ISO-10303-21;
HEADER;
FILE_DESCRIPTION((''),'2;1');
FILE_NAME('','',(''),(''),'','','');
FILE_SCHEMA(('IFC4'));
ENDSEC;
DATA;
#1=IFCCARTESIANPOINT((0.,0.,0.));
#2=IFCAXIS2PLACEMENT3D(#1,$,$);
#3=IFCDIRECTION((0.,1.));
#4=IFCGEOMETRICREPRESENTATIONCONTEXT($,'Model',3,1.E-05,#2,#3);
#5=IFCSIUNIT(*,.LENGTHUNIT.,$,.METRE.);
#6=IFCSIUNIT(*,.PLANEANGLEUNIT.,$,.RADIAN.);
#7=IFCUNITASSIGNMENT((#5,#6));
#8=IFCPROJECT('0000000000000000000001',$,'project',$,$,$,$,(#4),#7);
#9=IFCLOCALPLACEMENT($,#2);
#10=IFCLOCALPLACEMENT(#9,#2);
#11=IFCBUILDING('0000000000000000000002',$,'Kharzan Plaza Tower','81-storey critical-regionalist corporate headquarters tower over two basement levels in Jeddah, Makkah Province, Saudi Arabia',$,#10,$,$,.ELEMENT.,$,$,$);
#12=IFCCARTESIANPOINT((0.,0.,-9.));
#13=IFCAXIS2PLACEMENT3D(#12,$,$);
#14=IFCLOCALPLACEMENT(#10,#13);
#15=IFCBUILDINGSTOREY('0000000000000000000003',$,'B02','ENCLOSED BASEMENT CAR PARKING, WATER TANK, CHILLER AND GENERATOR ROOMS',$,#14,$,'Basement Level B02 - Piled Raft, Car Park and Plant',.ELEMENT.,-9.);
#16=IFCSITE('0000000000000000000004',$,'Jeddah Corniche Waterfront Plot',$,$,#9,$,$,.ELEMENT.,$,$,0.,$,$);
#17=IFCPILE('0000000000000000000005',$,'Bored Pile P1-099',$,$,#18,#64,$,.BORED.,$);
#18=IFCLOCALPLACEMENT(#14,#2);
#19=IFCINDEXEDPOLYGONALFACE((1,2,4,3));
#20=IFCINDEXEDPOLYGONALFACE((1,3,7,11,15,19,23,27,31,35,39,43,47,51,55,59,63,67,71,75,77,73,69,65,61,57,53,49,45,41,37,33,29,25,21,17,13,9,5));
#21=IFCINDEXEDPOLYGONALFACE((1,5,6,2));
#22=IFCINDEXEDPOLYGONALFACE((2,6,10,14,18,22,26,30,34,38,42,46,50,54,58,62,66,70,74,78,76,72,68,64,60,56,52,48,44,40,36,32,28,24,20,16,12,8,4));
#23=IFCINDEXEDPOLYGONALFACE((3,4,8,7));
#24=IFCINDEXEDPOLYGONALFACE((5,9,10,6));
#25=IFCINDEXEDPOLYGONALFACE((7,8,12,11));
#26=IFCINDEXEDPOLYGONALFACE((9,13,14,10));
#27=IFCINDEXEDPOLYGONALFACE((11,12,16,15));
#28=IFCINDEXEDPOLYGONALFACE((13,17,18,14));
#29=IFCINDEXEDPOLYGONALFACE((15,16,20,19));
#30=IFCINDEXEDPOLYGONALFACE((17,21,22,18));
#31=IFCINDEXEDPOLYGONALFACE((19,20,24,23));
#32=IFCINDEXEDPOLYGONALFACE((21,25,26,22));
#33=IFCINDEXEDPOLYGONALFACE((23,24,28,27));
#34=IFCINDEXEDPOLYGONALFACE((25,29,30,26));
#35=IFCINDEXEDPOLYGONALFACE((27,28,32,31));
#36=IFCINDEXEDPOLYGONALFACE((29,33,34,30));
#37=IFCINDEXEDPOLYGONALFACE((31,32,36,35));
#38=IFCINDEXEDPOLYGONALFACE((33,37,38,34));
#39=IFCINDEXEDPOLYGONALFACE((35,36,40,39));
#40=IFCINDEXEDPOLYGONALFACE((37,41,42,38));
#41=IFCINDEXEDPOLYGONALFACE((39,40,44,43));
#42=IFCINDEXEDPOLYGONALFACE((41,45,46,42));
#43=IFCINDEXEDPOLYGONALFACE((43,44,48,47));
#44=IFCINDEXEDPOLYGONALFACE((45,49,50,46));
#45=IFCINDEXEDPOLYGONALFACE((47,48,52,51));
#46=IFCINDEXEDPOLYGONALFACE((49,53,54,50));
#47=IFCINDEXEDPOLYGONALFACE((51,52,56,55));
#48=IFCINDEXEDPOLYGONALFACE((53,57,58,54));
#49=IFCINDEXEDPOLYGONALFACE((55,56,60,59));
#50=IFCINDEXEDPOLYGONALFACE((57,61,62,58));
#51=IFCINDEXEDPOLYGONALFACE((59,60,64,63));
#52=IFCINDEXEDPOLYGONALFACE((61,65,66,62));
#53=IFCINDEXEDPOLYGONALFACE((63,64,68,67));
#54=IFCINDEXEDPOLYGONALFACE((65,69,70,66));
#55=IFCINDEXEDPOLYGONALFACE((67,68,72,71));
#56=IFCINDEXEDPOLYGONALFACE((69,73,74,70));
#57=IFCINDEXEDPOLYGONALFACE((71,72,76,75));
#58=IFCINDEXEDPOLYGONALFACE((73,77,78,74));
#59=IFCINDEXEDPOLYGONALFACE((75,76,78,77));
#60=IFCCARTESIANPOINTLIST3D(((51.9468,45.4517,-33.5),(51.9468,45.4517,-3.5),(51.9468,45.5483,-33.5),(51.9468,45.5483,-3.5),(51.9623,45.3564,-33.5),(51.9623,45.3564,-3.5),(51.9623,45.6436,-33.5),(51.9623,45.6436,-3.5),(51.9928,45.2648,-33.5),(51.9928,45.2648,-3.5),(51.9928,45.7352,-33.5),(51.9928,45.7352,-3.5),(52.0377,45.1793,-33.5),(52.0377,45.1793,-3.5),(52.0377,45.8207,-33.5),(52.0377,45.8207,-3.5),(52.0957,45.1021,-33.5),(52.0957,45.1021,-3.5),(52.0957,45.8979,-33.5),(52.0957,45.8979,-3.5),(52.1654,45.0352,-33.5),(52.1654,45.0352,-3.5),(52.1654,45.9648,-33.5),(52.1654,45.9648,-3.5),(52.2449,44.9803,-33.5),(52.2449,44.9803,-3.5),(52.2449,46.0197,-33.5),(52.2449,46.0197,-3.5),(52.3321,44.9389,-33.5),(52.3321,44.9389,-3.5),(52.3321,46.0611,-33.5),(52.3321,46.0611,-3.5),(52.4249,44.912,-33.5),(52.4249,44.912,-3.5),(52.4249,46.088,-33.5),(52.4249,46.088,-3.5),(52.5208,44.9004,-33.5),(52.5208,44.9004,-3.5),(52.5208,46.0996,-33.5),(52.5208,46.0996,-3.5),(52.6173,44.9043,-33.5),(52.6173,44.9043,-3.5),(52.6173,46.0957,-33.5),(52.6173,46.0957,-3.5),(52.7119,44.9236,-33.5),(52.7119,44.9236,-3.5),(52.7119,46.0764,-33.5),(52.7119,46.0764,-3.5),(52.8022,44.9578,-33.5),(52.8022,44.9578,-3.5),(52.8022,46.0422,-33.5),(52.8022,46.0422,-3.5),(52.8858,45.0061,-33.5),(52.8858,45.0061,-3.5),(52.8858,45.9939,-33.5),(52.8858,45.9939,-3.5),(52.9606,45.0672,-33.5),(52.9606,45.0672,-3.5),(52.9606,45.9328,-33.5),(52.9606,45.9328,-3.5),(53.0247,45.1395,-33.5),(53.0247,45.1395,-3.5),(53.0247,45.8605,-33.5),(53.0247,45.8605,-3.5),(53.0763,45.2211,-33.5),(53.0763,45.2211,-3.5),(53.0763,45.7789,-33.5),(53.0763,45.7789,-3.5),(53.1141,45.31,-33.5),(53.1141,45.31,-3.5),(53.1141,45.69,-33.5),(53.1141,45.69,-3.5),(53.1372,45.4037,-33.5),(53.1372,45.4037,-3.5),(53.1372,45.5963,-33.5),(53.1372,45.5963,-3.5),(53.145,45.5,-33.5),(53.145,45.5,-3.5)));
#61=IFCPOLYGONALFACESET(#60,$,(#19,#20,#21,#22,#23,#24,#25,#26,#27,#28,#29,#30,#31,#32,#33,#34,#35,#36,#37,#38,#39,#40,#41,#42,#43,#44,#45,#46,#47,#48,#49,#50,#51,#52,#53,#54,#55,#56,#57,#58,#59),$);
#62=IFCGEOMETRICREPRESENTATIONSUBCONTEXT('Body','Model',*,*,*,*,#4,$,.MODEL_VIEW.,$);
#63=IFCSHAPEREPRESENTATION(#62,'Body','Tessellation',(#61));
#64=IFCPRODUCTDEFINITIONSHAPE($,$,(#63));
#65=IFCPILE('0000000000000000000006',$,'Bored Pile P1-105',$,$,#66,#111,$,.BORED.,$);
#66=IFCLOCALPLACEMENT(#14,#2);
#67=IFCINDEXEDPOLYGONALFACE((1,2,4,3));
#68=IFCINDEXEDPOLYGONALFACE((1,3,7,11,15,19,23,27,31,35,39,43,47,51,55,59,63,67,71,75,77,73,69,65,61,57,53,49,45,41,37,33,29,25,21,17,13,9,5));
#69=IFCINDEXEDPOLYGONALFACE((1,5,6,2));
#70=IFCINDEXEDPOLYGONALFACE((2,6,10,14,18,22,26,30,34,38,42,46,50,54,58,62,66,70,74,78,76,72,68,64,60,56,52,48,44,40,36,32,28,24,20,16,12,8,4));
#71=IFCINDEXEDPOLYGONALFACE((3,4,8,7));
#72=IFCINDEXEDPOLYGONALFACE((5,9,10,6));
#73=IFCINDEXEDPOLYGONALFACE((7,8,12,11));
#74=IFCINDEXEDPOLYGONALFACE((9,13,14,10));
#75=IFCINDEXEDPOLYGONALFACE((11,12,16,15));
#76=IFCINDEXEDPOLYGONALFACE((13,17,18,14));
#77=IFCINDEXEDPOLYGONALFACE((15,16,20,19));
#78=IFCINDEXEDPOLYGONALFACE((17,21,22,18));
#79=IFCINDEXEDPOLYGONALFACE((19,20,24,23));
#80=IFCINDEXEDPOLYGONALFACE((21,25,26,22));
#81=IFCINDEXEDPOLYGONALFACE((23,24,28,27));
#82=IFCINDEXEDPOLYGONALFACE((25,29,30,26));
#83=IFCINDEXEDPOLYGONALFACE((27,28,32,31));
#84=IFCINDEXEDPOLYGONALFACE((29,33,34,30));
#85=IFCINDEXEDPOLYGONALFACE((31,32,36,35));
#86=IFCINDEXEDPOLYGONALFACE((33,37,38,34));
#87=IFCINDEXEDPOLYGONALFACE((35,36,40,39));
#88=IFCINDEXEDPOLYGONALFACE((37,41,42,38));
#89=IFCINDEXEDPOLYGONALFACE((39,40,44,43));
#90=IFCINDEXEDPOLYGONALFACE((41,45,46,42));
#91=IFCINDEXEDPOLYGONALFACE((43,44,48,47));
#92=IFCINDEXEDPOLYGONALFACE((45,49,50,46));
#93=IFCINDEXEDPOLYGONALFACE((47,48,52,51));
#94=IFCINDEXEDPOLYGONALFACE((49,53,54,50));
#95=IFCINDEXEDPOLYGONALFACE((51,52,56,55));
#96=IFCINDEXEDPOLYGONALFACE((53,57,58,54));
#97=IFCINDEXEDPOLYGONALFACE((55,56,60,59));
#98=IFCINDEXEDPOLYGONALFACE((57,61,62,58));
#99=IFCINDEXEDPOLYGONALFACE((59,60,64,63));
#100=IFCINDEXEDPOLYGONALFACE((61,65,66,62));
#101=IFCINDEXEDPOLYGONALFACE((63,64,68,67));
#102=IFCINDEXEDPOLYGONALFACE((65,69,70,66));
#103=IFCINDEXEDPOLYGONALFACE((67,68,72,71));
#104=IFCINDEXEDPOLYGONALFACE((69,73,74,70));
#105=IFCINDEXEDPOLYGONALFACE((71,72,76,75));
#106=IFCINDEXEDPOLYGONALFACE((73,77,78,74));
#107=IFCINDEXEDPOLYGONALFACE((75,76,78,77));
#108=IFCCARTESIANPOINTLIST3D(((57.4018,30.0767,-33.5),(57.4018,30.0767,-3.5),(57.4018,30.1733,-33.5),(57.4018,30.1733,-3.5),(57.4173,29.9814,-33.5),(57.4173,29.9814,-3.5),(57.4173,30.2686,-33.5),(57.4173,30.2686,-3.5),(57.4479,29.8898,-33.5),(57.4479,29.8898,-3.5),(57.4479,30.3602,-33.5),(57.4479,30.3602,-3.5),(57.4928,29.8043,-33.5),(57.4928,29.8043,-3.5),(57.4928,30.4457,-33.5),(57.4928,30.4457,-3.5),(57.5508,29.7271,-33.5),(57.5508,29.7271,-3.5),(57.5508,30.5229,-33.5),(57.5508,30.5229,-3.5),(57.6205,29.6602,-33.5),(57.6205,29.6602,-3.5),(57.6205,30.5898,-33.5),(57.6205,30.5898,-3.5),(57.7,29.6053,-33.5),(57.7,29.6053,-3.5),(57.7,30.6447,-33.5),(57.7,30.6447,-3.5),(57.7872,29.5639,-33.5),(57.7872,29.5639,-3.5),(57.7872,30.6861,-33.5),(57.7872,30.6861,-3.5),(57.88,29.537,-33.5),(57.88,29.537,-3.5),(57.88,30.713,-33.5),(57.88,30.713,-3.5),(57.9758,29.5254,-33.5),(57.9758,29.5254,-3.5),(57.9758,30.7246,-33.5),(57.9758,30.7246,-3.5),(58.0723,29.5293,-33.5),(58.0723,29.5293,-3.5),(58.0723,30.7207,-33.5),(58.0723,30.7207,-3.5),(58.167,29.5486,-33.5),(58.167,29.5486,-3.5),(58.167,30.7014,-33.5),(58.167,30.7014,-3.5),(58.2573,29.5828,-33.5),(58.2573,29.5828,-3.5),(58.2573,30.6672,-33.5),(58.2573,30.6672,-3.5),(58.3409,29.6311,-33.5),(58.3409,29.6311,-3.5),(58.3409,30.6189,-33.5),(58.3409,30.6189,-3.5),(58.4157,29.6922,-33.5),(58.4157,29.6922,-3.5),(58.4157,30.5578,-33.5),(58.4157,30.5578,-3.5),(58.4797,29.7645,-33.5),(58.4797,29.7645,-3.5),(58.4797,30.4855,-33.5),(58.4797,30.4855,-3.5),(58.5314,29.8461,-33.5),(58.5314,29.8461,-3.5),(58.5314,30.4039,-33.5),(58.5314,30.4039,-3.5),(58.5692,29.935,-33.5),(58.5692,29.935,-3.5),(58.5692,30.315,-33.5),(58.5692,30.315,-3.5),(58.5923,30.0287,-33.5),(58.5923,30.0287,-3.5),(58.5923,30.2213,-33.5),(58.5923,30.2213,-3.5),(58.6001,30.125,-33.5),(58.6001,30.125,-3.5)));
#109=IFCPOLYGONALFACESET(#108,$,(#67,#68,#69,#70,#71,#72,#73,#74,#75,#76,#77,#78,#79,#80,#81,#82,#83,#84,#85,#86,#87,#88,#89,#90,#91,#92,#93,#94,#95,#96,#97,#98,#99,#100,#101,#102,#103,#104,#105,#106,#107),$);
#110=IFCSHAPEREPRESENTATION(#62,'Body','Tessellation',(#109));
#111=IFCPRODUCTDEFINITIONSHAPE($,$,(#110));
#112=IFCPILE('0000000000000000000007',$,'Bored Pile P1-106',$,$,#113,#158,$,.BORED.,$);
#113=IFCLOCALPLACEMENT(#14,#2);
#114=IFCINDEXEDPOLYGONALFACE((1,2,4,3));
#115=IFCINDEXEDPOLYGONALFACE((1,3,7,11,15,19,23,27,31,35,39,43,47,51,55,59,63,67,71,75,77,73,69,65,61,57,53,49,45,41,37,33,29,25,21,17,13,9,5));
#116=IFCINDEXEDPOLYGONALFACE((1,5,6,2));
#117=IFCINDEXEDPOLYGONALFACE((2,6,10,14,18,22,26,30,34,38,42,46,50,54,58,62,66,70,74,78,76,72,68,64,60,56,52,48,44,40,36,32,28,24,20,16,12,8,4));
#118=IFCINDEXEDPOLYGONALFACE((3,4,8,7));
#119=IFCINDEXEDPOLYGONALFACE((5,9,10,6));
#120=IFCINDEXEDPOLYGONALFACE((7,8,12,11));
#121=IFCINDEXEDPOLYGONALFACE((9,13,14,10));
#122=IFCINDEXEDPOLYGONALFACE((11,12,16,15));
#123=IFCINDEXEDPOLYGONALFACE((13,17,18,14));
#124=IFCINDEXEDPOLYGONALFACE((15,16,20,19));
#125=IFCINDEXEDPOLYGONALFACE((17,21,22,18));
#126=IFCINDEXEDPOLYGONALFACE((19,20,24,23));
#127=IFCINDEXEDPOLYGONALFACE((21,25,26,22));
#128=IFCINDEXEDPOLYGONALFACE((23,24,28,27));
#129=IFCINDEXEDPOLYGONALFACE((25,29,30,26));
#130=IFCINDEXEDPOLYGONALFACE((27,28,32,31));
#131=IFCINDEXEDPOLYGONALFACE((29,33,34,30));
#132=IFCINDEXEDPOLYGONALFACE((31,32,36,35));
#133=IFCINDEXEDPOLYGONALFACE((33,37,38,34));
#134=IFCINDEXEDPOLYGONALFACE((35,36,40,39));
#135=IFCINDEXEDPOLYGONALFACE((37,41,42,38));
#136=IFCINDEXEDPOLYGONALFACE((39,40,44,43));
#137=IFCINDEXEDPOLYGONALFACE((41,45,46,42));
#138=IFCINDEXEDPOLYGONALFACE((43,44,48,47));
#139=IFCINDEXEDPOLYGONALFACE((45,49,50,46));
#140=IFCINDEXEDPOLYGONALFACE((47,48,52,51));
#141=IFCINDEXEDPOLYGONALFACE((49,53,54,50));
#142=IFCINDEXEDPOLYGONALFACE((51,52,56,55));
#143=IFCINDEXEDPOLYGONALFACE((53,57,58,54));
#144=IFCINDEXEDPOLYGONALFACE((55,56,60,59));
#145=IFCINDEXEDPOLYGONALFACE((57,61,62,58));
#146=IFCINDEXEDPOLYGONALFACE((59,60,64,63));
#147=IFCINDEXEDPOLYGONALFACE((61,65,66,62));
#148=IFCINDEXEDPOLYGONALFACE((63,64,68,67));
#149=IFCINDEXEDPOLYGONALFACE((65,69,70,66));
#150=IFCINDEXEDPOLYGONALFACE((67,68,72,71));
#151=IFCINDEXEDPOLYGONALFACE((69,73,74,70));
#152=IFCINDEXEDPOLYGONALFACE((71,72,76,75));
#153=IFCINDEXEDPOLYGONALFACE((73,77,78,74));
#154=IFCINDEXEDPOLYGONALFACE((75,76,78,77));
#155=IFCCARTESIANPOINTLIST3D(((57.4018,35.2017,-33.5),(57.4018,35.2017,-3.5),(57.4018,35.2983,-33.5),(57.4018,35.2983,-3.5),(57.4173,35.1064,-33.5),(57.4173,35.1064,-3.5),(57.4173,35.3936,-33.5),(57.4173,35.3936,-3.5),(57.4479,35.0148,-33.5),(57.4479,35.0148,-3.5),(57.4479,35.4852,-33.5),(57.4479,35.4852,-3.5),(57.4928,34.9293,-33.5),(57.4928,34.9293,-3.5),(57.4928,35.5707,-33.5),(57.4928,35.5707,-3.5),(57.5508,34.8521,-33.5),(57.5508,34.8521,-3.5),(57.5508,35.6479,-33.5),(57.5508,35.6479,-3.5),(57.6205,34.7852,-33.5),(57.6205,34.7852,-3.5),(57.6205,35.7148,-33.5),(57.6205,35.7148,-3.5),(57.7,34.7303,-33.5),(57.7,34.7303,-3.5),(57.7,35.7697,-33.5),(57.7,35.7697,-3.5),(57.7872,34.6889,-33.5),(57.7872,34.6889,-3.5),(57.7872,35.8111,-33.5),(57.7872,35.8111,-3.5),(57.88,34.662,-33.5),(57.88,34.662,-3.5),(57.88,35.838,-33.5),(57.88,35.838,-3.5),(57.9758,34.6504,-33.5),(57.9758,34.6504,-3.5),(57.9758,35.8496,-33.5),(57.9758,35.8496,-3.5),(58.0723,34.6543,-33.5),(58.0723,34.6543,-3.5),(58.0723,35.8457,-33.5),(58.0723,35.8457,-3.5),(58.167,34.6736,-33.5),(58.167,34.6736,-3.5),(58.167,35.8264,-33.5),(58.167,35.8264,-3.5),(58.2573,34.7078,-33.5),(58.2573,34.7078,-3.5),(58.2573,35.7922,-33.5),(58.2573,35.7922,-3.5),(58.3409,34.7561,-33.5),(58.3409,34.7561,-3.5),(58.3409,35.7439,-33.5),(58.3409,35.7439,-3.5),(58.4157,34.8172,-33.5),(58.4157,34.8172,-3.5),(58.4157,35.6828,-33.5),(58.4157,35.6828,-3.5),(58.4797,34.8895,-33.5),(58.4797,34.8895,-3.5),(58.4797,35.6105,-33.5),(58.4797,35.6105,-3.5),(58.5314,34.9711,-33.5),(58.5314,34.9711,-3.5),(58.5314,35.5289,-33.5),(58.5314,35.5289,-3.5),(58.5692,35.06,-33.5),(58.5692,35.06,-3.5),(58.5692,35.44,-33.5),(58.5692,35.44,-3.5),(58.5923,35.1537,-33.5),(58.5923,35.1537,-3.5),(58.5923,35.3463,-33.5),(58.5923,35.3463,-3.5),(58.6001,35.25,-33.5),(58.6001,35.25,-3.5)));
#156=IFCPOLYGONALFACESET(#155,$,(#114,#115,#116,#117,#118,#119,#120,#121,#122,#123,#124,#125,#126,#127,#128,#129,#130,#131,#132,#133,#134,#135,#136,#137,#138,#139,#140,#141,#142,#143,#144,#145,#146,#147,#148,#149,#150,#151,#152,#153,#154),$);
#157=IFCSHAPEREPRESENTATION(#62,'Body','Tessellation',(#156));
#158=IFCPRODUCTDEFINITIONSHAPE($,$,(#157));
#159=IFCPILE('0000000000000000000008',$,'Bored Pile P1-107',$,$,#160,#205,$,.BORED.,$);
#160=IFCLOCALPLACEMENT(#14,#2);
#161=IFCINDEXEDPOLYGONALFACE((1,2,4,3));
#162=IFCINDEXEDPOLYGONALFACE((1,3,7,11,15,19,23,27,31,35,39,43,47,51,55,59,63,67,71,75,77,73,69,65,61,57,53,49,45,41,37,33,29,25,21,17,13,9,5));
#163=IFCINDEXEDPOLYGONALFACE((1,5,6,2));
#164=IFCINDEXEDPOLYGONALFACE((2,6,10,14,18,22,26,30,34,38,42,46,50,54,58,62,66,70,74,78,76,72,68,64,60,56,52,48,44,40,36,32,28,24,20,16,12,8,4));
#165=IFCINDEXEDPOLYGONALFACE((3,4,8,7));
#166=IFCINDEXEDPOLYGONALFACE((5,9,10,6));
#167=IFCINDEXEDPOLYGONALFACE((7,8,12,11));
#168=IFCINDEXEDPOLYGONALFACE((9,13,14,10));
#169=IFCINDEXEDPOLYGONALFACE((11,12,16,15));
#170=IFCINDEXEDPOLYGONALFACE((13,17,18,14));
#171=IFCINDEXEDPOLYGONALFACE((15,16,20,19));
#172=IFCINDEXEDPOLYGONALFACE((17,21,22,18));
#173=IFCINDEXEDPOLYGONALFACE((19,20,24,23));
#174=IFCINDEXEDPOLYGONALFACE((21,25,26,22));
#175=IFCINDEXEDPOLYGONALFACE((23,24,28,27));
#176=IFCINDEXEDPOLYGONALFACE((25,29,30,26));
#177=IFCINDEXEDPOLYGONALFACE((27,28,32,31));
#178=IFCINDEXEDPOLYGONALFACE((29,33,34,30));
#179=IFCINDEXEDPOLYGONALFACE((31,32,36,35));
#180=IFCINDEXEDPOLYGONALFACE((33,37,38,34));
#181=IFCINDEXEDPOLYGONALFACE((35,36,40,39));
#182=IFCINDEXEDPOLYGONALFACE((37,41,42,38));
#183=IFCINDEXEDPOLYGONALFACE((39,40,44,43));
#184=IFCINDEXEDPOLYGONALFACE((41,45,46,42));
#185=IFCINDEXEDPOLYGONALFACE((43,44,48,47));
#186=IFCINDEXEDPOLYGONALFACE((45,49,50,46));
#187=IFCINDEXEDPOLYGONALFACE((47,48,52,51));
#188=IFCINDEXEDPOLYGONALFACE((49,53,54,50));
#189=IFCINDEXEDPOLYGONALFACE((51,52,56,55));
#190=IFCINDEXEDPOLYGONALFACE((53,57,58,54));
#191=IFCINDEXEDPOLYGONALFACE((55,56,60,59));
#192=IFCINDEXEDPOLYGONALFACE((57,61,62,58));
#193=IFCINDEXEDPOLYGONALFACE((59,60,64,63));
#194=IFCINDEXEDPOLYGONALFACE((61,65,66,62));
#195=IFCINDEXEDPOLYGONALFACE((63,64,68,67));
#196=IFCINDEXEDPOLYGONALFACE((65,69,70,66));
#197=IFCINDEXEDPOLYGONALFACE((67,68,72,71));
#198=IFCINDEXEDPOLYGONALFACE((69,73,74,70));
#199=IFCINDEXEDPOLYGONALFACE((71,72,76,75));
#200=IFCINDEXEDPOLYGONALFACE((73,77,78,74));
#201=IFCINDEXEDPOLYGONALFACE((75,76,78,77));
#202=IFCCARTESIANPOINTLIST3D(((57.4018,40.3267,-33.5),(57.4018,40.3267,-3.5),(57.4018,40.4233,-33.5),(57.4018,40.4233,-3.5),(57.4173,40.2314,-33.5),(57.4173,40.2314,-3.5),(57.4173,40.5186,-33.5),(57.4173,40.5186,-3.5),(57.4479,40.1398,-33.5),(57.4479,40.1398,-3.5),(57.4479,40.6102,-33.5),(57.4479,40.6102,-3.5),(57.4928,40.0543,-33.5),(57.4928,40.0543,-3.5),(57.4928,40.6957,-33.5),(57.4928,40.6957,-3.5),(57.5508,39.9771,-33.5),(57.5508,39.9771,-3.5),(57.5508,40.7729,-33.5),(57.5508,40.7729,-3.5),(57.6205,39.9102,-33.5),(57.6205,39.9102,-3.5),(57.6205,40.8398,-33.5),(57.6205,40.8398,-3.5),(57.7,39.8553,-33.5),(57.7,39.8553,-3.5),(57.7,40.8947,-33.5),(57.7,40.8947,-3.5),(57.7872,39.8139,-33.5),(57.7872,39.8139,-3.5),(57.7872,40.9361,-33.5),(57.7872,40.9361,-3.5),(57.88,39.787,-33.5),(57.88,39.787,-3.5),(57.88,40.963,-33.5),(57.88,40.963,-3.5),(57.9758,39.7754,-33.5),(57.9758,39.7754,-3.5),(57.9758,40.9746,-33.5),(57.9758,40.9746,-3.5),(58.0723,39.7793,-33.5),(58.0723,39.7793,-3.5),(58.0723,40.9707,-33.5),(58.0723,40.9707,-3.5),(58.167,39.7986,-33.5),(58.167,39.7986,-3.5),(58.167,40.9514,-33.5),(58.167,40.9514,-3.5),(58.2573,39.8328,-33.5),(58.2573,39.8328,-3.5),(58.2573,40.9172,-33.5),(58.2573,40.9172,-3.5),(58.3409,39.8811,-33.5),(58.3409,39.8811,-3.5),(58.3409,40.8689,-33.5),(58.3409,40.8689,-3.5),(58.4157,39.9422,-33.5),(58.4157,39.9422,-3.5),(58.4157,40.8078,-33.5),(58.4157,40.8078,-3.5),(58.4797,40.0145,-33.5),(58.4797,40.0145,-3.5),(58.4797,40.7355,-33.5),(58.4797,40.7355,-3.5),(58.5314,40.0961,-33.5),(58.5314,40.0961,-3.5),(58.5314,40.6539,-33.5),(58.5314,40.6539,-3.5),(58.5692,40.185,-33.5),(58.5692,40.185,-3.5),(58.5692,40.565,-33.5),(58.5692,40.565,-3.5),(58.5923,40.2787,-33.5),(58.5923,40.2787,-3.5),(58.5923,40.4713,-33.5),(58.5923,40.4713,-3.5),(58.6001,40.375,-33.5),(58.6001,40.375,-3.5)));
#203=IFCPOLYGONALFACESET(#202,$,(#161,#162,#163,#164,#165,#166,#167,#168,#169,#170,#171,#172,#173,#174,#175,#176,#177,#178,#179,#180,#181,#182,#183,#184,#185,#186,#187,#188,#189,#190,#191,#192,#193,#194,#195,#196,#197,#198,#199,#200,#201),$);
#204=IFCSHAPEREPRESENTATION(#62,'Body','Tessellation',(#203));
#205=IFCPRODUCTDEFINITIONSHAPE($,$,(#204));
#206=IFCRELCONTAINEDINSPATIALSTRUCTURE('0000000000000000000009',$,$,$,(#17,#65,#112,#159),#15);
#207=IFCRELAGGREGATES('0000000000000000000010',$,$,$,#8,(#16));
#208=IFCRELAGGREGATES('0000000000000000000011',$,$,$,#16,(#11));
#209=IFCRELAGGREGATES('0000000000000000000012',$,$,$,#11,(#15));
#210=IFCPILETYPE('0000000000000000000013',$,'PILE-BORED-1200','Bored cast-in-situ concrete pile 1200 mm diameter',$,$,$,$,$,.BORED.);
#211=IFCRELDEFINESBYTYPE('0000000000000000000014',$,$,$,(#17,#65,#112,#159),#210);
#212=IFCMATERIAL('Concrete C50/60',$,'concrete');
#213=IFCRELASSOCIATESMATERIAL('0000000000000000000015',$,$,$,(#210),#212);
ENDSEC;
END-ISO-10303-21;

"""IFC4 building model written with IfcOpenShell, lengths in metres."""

from ifc_helpers import new_model, si_unit, direction, frame, origin, origin_2d, place, context, subcontext, project, spatial, circle, extrude, source, transform, mapped, material, material_profile, profile_set, type_object, element, save


model = new_model("IFC4")

# Units and contexts
model_context = context("Model", 3, precision=1e-05, world=origin(), true_north=direction((0.0, 1.0)))
body_context = subcontext(model_context, "Body", "Model", "MODEL_VIEW")
ifc_project = project(units=[si_unit("LENGTHUNIT", "METRE"), si_unit("PLANEANGLEUNIT", "RADIAN")], contexts=[model_context])

# Site, building, storey
site_placement = place(None, origin())
site = spatial("IfcSite", under=ifc_project, at=site_placement, Name="Jeddah Corniche Waterfront Plot", CompositionType="ELEMENT", RefElevation=0.0)
building_placement = place(site_placement, origin())
building = spatial("IfcBuilding", under=site, at=building_placement, Name="Kharzan Plaza Tower", Description="81-storey critical-regionalist corporate headquarters tower over two basement levels in Jeddah, Makkah Province, Saudi Arabia", CompositionType="ELEMENT")
storey_placement = place(building_placement, frame((0.0, 0.0, -9.0)))
storey = spatial("IfcBuildingStorey", under=building, at=storey_placement, Name="B02", Description="ENCLOSED BASEMENT CAR PARKING, WATER TANK, CHILLER AND GENERATOR ROOMS", LongName="Basement Level B02 - Piled Raft, Car Park and Plant", CompositionType="ELEMENT", Elevation=-9.0)

# Piles
ifc_material_1 = material(Name="Concrete C50/60", Category="concrete")
ifc_material_profile_1 = material_profile(ifc_material_1, circle(Radius=0.6001, at=origin_2d()), Name="PILE-D1200")
ifc_profile_set_1 = profile_set([ifc_material_profile_1], Name="Concrete C50/60")
pile_type = type_object("IfcPileType", Name="PILE-BORED-1200", Description="Bored cast-in-situ concrete pile 1200 mm diameter", PredefinedType="BORED", material=ifc_profile_set_1)
shared_shape_1 = source(origin(), body_context, "Body", "SweptSolid", [
    extrude(circle(Radius=0.6001, at=origin_2d()), origin(), (0.0, 0.0, 1.0), 30.0),
])
for number, where, z_axis, x_axis, name in (
    (1, (52.5449, 45.5, -3.5), (0.0, 0.0, -1.0), (1.0, 0.0, 0.0), "Bored Pile P1-099"),
    (2, (58.0, 30.125, -3.5), (0.0, 0.0, -1.0), (1.0, 0.0, 0.0), "Bored Pile P1-105"),
    (3, (58.0, 35.25, -3.5), (0.0, 0.0, -1.0), (1.0, 0.0, 0.0), "Bored Pile P1-106"),
    (4, (58.0, 40.375, -3.5), (0.0, 0.0, -1.0), (1.0, 0.0, 0.0), "Bored Pile P1-107"),
):
    element("IfcPile", number, at=place(storey_placement, frame(where, z_axis=z_axis, x_axis=x_axis)), inside=storey, type_object=pile_type, Name=name, PredefinedType="BORED", context=body_context, shape_type="MappedRepresentation", body=[
        mapped(shared_shape_1, transform((0.0, 0.0, 0.0), x_axis=(1.0, 0.0, 0.0), y_axis=(0.0, 1.0, 0.0), z_axis=(0.0, 0.0, 1.0))),
    ])

save(model, "model.ifc")
